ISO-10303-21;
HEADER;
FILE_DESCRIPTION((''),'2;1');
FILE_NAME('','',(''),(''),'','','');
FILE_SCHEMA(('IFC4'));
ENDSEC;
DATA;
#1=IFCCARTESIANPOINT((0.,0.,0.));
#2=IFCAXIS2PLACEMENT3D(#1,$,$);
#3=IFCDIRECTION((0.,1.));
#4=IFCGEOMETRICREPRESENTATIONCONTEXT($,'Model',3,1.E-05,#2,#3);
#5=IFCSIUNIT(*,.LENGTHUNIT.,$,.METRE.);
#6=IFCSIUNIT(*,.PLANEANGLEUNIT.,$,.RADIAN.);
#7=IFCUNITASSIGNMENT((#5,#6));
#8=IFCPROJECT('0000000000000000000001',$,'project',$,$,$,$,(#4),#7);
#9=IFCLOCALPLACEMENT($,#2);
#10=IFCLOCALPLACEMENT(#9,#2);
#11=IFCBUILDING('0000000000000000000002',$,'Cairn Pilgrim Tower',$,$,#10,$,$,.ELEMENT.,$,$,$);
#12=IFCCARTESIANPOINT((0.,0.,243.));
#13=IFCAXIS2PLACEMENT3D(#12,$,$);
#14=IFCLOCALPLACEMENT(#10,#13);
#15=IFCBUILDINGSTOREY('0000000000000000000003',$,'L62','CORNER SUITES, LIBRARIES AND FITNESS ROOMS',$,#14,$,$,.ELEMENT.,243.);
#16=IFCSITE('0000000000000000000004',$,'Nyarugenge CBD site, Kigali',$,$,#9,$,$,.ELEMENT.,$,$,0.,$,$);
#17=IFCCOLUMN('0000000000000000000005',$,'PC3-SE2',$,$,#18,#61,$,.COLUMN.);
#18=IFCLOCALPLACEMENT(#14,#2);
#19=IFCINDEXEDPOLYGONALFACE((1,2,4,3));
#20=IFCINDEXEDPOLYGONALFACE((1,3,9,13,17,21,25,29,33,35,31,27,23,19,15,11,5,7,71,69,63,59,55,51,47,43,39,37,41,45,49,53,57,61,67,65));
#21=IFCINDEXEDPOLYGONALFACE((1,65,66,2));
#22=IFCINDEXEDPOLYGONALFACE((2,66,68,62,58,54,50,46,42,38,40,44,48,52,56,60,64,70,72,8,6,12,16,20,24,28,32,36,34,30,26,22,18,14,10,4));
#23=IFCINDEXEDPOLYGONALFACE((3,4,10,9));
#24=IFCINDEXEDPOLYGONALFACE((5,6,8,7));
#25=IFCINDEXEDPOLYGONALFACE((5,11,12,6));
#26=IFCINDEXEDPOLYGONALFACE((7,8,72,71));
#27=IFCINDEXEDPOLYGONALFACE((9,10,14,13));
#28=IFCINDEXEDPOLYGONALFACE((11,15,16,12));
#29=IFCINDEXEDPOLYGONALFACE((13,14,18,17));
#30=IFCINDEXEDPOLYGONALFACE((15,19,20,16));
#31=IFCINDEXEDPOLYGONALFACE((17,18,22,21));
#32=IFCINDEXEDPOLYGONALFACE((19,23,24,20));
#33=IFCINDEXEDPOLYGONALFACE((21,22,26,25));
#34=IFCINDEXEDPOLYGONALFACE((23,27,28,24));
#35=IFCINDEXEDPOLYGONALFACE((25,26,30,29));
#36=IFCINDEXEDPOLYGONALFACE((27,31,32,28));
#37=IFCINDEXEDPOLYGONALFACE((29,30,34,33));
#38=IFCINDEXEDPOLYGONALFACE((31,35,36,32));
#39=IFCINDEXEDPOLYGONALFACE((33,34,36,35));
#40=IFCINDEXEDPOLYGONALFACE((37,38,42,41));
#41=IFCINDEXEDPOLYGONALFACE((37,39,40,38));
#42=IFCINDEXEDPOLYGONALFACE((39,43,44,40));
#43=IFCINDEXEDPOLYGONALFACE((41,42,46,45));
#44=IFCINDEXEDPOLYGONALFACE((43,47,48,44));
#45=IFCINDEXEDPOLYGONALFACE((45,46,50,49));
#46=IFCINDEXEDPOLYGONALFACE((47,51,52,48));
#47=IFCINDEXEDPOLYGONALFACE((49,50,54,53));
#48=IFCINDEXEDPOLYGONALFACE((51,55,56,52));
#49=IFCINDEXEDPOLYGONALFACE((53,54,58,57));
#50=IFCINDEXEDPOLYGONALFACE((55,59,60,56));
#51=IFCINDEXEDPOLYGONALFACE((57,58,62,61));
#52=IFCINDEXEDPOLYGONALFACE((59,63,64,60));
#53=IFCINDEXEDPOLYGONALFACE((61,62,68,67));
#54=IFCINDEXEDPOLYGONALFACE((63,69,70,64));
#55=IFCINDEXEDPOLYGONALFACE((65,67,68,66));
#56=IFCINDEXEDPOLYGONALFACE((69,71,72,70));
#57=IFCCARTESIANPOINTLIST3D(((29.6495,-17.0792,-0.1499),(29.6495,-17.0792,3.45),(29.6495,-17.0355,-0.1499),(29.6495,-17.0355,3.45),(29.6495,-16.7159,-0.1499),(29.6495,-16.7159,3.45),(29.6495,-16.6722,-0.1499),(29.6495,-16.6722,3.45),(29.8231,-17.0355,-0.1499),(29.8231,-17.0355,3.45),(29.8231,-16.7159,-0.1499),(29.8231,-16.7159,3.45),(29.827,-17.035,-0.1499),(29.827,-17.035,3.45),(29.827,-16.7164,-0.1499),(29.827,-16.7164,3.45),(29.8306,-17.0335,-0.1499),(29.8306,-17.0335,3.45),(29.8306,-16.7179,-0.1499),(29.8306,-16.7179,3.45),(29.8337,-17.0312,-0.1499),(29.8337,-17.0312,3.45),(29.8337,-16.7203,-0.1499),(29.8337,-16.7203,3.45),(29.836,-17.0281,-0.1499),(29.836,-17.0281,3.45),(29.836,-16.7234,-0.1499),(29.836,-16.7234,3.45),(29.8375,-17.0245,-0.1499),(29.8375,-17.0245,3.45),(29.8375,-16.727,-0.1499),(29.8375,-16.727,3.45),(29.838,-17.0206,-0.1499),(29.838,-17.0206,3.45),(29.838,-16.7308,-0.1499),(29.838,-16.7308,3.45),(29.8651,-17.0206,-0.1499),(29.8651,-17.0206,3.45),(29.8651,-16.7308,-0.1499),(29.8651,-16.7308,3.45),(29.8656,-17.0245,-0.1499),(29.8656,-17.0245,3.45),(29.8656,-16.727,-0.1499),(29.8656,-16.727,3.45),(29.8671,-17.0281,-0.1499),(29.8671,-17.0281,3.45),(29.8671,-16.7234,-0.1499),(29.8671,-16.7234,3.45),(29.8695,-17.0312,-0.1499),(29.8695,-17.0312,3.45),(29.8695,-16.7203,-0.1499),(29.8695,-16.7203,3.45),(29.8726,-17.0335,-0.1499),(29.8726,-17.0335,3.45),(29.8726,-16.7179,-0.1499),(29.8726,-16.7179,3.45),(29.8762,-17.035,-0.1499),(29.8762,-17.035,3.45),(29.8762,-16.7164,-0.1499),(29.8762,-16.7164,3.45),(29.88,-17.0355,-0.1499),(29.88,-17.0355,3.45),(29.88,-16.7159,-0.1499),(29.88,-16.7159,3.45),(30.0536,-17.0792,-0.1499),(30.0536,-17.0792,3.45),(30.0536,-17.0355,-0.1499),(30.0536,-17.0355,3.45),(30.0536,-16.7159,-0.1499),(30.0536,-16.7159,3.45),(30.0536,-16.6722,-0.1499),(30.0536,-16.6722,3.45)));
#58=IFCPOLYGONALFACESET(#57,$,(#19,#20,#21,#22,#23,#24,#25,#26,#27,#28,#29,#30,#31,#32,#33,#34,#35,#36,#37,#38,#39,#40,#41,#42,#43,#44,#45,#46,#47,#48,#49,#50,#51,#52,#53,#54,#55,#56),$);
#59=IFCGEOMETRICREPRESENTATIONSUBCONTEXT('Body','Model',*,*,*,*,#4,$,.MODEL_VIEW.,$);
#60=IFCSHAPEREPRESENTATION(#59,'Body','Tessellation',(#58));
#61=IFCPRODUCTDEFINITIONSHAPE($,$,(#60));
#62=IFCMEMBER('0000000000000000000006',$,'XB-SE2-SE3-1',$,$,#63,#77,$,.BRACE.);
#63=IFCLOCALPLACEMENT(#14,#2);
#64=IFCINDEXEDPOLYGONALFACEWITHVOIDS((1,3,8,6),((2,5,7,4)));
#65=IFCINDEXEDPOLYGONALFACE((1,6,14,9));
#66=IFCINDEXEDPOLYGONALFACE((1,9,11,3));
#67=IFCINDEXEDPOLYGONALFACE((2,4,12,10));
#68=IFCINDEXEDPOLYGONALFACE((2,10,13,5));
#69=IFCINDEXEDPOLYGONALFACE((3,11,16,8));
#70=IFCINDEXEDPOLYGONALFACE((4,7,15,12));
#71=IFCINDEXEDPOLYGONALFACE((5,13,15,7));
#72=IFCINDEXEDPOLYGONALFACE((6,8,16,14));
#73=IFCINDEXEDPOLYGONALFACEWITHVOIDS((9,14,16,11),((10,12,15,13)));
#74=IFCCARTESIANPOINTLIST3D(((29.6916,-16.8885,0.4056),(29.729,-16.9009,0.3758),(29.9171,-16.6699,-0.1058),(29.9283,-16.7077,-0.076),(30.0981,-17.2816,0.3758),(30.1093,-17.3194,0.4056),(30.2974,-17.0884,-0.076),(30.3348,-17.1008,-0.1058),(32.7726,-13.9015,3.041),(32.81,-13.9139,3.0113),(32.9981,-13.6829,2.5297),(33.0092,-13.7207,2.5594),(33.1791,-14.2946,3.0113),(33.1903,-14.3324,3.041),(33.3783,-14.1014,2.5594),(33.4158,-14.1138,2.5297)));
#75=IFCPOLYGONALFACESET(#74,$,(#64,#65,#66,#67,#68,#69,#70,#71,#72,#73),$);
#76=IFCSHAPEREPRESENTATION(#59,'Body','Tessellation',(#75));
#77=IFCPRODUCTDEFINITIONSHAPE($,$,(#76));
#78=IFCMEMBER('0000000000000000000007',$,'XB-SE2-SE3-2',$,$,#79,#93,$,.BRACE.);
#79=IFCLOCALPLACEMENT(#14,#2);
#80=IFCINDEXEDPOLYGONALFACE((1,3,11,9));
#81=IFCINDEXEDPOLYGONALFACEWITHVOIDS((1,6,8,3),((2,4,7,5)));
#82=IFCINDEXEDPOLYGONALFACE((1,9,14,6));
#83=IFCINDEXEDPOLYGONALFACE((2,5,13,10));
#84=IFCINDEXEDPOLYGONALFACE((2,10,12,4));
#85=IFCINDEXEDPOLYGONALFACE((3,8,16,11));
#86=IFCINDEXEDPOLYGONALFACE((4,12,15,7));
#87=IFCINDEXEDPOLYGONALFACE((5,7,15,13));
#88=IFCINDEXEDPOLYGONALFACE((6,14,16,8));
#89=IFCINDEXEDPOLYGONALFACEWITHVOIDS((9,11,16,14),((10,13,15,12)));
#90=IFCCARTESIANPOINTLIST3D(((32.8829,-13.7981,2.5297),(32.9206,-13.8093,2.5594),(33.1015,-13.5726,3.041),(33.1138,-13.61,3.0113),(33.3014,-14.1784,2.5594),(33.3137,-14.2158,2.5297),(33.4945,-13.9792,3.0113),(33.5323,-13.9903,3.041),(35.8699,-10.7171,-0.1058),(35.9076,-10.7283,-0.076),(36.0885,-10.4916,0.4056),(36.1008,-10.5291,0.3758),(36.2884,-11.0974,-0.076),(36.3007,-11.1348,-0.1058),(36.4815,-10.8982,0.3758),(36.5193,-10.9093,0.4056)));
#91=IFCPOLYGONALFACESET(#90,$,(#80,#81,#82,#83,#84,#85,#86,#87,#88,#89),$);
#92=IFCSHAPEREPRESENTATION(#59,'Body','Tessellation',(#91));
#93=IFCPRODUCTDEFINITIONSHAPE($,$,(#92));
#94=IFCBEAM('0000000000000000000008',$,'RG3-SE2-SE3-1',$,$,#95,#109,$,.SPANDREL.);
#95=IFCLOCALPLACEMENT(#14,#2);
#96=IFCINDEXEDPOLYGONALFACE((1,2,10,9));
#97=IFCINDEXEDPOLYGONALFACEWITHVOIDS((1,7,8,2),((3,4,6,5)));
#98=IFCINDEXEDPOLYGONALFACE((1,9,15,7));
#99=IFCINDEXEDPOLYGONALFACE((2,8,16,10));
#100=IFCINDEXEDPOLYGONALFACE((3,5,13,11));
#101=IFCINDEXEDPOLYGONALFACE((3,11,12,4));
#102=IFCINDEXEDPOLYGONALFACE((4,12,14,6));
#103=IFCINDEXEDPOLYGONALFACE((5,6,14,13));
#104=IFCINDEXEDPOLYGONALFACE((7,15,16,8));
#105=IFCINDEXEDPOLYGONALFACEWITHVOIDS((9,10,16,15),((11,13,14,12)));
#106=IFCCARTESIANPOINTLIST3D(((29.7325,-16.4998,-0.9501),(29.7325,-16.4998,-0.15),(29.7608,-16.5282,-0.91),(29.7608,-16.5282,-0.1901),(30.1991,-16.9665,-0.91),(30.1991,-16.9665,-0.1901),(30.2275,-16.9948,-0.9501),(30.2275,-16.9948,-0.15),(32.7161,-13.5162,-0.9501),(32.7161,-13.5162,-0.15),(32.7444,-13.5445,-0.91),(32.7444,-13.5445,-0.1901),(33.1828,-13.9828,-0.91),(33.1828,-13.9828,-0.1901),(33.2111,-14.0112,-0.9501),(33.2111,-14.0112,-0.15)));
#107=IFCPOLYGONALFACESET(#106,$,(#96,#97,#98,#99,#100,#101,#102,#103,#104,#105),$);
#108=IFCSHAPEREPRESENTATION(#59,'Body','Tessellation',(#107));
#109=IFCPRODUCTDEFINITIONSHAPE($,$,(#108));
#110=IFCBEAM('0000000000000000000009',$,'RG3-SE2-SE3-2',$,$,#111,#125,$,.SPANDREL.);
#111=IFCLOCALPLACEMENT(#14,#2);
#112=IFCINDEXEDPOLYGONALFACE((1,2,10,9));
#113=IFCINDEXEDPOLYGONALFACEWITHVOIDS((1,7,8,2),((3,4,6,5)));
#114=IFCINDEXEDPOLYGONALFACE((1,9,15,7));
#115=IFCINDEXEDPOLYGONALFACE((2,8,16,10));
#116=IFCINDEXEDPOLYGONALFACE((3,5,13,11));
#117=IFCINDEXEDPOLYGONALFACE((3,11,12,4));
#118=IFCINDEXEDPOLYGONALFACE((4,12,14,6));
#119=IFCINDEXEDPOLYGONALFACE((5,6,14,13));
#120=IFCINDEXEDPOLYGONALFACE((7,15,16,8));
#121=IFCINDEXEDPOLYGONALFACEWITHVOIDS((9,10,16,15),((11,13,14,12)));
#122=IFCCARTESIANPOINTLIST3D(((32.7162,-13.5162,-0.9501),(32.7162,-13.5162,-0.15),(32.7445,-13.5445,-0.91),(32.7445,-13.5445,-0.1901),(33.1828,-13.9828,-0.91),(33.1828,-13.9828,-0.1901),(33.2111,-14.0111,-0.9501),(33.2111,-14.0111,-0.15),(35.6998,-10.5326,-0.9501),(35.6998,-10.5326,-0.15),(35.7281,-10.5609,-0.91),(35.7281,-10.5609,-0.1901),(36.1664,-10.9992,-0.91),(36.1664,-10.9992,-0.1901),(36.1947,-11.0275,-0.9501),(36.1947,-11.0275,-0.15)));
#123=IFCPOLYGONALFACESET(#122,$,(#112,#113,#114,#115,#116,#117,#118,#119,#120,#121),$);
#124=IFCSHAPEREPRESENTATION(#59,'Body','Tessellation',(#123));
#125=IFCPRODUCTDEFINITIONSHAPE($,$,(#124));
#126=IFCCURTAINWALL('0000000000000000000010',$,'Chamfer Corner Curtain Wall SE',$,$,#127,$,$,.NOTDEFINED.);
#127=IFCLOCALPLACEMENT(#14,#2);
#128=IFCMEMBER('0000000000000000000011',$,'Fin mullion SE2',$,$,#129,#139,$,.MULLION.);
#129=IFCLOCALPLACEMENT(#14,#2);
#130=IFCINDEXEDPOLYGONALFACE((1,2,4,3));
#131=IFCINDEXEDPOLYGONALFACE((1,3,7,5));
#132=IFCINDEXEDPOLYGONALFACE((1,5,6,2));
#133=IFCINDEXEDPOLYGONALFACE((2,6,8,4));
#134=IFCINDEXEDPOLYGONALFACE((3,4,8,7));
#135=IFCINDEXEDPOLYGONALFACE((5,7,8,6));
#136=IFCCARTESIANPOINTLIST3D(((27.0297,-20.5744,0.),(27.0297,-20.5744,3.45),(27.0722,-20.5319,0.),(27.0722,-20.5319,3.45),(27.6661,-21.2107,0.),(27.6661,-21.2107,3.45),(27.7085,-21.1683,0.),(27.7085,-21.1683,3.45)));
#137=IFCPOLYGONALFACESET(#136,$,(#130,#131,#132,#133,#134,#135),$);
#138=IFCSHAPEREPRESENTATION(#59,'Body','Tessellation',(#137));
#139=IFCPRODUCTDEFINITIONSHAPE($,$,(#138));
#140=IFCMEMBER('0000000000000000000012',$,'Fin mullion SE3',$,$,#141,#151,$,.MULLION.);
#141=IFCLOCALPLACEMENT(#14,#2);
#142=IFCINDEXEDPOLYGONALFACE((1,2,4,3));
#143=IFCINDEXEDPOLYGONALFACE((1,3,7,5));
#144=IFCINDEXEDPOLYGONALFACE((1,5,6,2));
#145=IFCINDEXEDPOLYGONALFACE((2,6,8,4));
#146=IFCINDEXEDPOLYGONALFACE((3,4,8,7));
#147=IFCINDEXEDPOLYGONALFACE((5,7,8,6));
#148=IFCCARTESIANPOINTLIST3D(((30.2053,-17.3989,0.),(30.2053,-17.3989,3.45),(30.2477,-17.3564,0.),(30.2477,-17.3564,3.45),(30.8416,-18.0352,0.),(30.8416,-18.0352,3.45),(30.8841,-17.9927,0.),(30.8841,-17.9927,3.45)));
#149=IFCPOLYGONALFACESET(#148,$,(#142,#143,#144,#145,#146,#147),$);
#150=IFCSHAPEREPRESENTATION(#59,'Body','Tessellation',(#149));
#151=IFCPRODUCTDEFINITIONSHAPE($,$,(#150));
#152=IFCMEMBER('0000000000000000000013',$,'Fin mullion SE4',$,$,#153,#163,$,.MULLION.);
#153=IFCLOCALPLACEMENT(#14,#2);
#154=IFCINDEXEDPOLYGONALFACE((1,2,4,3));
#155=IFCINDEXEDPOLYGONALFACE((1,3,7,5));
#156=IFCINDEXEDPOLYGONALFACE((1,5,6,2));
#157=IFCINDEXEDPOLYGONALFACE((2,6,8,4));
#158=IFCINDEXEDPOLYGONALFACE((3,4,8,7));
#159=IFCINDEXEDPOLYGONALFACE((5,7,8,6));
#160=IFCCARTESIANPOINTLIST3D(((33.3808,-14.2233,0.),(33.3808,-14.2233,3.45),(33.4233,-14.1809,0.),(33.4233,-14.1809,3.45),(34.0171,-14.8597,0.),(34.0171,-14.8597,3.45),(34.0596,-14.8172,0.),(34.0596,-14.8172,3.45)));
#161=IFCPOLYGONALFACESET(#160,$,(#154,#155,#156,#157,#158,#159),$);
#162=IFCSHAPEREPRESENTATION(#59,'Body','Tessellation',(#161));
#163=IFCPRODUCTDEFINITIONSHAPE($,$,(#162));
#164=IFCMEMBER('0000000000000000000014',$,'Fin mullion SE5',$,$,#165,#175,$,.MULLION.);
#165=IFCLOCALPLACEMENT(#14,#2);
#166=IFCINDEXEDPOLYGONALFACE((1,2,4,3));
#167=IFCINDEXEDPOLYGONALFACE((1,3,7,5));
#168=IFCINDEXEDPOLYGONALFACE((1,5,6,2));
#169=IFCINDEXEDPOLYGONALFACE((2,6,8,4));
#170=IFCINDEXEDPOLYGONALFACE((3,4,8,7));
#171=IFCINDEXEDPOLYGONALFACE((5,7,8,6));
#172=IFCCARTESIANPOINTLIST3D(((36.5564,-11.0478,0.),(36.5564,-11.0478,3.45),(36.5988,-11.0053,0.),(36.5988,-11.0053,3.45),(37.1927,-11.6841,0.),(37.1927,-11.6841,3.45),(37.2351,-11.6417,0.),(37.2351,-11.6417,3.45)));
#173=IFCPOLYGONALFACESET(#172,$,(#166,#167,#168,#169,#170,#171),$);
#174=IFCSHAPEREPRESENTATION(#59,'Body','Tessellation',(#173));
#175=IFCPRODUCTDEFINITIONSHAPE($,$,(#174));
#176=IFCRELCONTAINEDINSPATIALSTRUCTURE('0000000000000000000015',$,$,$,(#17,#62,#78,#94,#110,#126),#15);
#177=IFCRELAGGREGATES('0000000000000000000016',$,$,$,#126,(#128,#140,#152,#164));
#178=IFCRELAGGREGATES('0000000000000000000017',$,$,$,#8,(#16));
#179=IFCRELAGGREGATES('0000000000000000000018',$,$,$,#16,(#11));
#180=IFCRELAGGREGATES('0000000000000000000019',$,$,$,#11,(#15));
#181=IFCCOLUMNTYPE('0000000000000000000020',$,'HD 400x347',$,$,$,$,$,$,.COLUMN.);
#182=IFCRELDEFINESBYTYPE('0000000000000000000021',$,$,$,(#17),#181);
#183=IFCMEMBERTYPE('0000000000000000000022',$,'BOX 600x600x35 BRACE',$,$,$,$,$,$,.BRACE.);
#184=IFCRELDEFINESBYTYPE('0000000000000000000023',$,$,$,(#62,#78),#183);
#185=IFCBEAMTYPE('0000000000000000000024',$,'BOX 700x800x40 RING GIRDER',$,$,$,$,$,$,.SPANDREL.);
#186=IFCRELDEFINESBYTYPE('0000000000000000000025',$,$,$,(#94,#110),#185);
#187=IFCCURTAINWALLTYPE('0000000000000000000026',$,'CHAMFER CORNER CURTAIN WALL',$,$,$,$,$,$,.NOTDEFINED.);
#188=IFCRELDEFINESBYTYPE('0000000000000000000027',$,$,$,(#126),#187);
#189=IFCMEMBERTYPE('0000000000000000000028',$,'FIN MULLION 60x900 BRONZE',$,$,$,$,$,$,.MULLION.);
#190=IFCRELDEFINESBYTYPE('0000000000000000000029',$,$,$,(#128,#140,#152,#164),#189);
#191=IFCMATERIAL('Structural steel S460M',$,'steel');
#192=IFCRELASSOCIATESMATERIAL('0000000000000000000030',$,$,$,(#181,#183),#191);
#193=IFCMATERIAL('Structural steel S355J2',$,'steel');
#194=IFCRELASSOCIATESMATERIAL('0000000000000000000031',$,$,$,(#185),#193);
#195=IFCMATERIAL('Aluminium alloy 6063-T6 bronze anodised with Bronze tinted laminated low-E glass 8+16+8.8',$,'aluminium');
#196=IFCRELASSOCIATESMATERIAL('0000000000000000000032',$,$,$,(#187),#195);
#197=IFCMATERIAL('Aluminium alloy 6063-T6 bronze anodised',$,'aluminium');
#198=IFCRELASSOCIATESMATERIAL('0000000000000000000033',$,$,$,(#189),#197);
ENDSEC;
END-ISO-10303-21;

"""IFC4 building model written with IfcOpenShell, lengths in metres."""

from ifc_helpers import new_model, si_unit, direction, frame, origin, origin_2d, place, context, subcontext, project, spatial, rectangle, hollow_rectangle, i_section, extrude, material, material_profile, profile_set, type_object, element, aggregate, save


model = new_model("IFC4")

# Units and contexts
model_context = context("Model", 3, precision=1e-05, world=origin(), true_north=direction((0.0, 1.0)))
body_context = subcontext(model_context, "Body", "Model", "MODEL_VIEW")
ifc_project = project(units=[si_unit("LENGTHUNIT", "METRE"), si_unit("PLANEANGLEUNIT", "RADIAN")], contexts=[model_context])

# Site, building, storey
site_placement = place(None, origin())
site = spatial("IfcSite", under=ifc_project, at=site_placement, Name="Nyarugenge CBD site, Kigali", CompositionType="ELEMENT", RefElevation=0.0)
building_placement = place(site_placement, origin())
building = spatial("IfcBuilding", under=site, at=building_placement, Name="Cairn Pilgrim Tower", CompositionType="ELEMENT")
storey_placement = place(building_placement, frame((0.0, 0.0, 243.0)))
storey = spatial("IfcBuildingStorey", under=building, at=storey_placement, Name="L62", Description="CORNER SUITES, LIBRARIES AND FITNESS ROOMS", CompositionType="ELEMENT", Elevation=243.0)

# Column
ifc_material_1 = material(Name="Structural steel S460M", Category="steel")
ifc_material_profile_1 = material_profile(ifc_material_1, i_section(OverallWidth=0.4041, OverallDepth=0.407, WebThickness=0.0271, FlangeThickness=0.0437, FilletRadius=0.0149, at=origin_2d()), Name="HD 400x347")
ifc_profile_set_1 = profile_set([ifc_material_profile_1], Name="Structural steel S460M")
column_type = type_object("IfcColumnType", Name="HD 400x347", PredefinedType="COLUMN", material=ifc_profile_set_1)
column_placement = place(storey_placement, frame((29.8516, -16.8757, -0.1499), z_axis=(0.0, 0.0, 1.0), x_axis=(1.0, 0.0, 0.0)))
element("IfcColumn", 1, at=column_placement, inside=storey, type_object=column_type, Name="PC3-SE2", PredefinedType="COLUMN", context=body_context, shape_type="SweptSolid", body=[
    extrude(i_section(OverallWidth=0.4041, OverallDepth=0.407, WebThickness=0.0271, FlangeThickness=0.0437, FilletRadius=0.0149, at=origin_2d()), origin(), (0.0, 0.0, 1.0), 3.5999),
])

# Members
ifc_material_profile_2 = material_profile(ifc_material_1, hollow_rectangle(XDim=0.6001, YDim=0.6001, WallThickness=0.0349, at=origin_2d()), Name="BOX 600x600x35")
ifc_profile_set_2 = profile_set([ifc_material_profile_2], Name="Structural steel S460M")
member_type_1 = type_object("IfcMemberType", Name="BOX 600x600x35 BRACE", PredefinedType="BRACE", material=ifc_profile_set_2)
for number, where, z_axis, x_axis, name in (
    (2, (30.0132, -16.9946, 0.1499), (0.611806, 0.593142, 0.523332), (-0.69607, 0.717974, 0.0), "XB-SE2-SE3-1"),
    (3, (36.1946, -10.8132, 0.1499), (-0.593142, -0.611806, 0.523332), (0.717974, -0.69607, 0.0), "XB-SE2-SE3-2"),
):
    element("IfcMember", number, at=place(storey_placement, frame(where, z_axis=z_axis, x_axis=x_axis)), inside=storey, type_object=member_type_1, Name=name, PredefinedType="BRACE", context=body_context, shape_type="SweptSolid", body=[
        extrude(hollow_rectangle(XDim=0.6001, YDim=0.6001, WallThickness=0.0349, at=origin_2d()), origin(), (0.0, 0.0, 1.0), 5.0359),
    ])

# Beams
ifc_material_2 = material(Name="Structural steel S355J2", Category="steel")
ifc_material_profile_3 = material_profile(ifc_material_2, hollow_rectangle(XDim=0.7, YDim=0.8, WallThickness=0.04, at=origin_2d()), Name="BOX 700x800x40")
ifc_profile_set_3 = profile_set([ifc_material_profile_3], Name="Structural steel S355J2")
beam_type_1 = type_object("IfcBeamType", Name="BOX 700x800x40 RING GIRDER", PredefinedType="SPANDREL", material=ifc_profile_set_3)
for number, where, z_axis, x_axis, name in (
    (4, (29.98, -16.7473, -0.55), (0.707107, 0.707107, 0.0), (-0.707107, 0.707107, 0.0), "RG3-SE2-SE3-1"),
    (5, (32.9636, -13.7637, -0.55), (0.707107, 0.707107, 0.0), (-0.707107, 0.707107, 0.0), "RG3-SE2-SE3-2"),
):
    element("IfcBeam", number, at=place(storey_placement, frame(where, z_axis=z_axis, x_axis=x_axis)), inside=storey, type_object=beam_type_1, Name=name, PredefinedType="SPANDREL", context=body_context, shape_type="SweptSolid", body=[
        extrude(hollow_rectangle(XDim=0.7, YDim=0.8, WallThickness=0.04, at=origin_2d()), origin(), (0.0, 0.0, 1.0), 4.2195),
    ])

# Curtain wall, members
ifc_material_3 = material(Name="Aluminium alloy 6063-T6 bronze anodised with Bronze tinted laminated low-E glass 8+16+8.8", Category="aluminium")
curtain_wall_type = type_object("IfcCurtainWallType", Name="CHAMFER CORNER CURTAIN WALL", PredefinedType="NOTDEFINED", material=ifc_material_3)
curtain_wall_placement = place(storey_placement, origin())
curtain_wall = element("IfcCurtainWall", 6, at=curtain_wall_placement, inside=storey, type_object=curtain_wall_type, Name="Chamfer Corner Curtain Wall SE", PredefinedType="NOTDEFINED")
ifc_material_4 = material(Name="Aluminium alloy 6063-T6 bronze anodised", Category="aluminium")
ifc_material_profile_4 = material_profile(ifc_material_4, rectangle(XDim=0.8999, YDim=0.0601, at=origin_2d()), Name="FIN MULLION 60x900 BRONZE")
ifc_profile_set_4 = profile_set([ifc_material_profile_4], Name="Aluminium alloy 6063-T6 bronze anodised")
member_type_2 = type_object("IfcMemberType", Name="FIN MULLION 60x900 BRONZE", PredefinedType="MULLION", material=ifc_profile_set_4)
member_1_placement = place(storey_placement, frame((27.3691, -20.8713, 0.0), z_axis=(0.0, 0.0, 1.0), x_axis=(0.707107, -0.707107, 0.0)))
member_1 = element("IfcMember", 7, at=member_1_placement, type_object=member_type_2, Name="Fin mullion SE2", PredefinedType="MULLION", context=body_context, shape_type="SweptSolid", body=[
    extrude(rectangle(XDim=0.8999, YDim=0.0601, at=origin_2d()), origin(), (0.0, 0.0, 1.0), 3.45),
])
member_2_placement = place(storey_placement, frame((30.5447, -17.6958, 0.0), z_axis=(0.0, 0.0, 1.0), x_axis=(0.707107, -0.707107, 0.0)))
member_2 = element("IfcMember", 8, at=member_2_placement, type_object=member_type_2, Name="Fin mullion SE3", PredefinedType="MULLION", context=body_context, shape_type="SweptSolid", body=[
    extrude(rectangle(XDim=0.8999, YDim=0.0601, at=origin_2d()), origin(), (0.0, 0.0, 1.0), 3.45),
])
member_3_placement = place(storey_placement, frame((33.7202, -14.5203, 0.0), z_axis=(0.0, 0.0, 1.0), x_axis=(0.707107, -0.707107, 0.0)))
member_3 = element("IfcMember", 9, at=member_3_placement, type_object=member_type_2, Name="Fin mullion SE4", PredefinedType="MULLION", context=body_context, shape_type="SweptSolid", body=[
    extrude(rectangle(XDim=0.8999, YDim=0.0601, at=origin_2d()), origin(), (0.0, 0.0, 1.0), 3.45),
])
member_4_placement = place(storey_placement, frame((36.8958, -11.3447, 0.0), z_axis=(0.0, 0.0, 1.0), x_axis=(0.707107, -0.707107, 0.0)))
member_4 = element("IfcMember", 10, at=member_4_placement, type_object=member_type_2, Name="Fin mullion SE5", PredefinedType="MULLION", context=body_context, shape_type="SweptSolid", body=[
    extrude(rectangle(XDim=0.8999, YDim=0.0601, at=origin_2d()), origin(), (0.0, 0.0, 1.0), 3.45),
])

aggregate(curtain_wall, [member_1, member_2, member_3, member_4])

save(model, "model.ifc")
